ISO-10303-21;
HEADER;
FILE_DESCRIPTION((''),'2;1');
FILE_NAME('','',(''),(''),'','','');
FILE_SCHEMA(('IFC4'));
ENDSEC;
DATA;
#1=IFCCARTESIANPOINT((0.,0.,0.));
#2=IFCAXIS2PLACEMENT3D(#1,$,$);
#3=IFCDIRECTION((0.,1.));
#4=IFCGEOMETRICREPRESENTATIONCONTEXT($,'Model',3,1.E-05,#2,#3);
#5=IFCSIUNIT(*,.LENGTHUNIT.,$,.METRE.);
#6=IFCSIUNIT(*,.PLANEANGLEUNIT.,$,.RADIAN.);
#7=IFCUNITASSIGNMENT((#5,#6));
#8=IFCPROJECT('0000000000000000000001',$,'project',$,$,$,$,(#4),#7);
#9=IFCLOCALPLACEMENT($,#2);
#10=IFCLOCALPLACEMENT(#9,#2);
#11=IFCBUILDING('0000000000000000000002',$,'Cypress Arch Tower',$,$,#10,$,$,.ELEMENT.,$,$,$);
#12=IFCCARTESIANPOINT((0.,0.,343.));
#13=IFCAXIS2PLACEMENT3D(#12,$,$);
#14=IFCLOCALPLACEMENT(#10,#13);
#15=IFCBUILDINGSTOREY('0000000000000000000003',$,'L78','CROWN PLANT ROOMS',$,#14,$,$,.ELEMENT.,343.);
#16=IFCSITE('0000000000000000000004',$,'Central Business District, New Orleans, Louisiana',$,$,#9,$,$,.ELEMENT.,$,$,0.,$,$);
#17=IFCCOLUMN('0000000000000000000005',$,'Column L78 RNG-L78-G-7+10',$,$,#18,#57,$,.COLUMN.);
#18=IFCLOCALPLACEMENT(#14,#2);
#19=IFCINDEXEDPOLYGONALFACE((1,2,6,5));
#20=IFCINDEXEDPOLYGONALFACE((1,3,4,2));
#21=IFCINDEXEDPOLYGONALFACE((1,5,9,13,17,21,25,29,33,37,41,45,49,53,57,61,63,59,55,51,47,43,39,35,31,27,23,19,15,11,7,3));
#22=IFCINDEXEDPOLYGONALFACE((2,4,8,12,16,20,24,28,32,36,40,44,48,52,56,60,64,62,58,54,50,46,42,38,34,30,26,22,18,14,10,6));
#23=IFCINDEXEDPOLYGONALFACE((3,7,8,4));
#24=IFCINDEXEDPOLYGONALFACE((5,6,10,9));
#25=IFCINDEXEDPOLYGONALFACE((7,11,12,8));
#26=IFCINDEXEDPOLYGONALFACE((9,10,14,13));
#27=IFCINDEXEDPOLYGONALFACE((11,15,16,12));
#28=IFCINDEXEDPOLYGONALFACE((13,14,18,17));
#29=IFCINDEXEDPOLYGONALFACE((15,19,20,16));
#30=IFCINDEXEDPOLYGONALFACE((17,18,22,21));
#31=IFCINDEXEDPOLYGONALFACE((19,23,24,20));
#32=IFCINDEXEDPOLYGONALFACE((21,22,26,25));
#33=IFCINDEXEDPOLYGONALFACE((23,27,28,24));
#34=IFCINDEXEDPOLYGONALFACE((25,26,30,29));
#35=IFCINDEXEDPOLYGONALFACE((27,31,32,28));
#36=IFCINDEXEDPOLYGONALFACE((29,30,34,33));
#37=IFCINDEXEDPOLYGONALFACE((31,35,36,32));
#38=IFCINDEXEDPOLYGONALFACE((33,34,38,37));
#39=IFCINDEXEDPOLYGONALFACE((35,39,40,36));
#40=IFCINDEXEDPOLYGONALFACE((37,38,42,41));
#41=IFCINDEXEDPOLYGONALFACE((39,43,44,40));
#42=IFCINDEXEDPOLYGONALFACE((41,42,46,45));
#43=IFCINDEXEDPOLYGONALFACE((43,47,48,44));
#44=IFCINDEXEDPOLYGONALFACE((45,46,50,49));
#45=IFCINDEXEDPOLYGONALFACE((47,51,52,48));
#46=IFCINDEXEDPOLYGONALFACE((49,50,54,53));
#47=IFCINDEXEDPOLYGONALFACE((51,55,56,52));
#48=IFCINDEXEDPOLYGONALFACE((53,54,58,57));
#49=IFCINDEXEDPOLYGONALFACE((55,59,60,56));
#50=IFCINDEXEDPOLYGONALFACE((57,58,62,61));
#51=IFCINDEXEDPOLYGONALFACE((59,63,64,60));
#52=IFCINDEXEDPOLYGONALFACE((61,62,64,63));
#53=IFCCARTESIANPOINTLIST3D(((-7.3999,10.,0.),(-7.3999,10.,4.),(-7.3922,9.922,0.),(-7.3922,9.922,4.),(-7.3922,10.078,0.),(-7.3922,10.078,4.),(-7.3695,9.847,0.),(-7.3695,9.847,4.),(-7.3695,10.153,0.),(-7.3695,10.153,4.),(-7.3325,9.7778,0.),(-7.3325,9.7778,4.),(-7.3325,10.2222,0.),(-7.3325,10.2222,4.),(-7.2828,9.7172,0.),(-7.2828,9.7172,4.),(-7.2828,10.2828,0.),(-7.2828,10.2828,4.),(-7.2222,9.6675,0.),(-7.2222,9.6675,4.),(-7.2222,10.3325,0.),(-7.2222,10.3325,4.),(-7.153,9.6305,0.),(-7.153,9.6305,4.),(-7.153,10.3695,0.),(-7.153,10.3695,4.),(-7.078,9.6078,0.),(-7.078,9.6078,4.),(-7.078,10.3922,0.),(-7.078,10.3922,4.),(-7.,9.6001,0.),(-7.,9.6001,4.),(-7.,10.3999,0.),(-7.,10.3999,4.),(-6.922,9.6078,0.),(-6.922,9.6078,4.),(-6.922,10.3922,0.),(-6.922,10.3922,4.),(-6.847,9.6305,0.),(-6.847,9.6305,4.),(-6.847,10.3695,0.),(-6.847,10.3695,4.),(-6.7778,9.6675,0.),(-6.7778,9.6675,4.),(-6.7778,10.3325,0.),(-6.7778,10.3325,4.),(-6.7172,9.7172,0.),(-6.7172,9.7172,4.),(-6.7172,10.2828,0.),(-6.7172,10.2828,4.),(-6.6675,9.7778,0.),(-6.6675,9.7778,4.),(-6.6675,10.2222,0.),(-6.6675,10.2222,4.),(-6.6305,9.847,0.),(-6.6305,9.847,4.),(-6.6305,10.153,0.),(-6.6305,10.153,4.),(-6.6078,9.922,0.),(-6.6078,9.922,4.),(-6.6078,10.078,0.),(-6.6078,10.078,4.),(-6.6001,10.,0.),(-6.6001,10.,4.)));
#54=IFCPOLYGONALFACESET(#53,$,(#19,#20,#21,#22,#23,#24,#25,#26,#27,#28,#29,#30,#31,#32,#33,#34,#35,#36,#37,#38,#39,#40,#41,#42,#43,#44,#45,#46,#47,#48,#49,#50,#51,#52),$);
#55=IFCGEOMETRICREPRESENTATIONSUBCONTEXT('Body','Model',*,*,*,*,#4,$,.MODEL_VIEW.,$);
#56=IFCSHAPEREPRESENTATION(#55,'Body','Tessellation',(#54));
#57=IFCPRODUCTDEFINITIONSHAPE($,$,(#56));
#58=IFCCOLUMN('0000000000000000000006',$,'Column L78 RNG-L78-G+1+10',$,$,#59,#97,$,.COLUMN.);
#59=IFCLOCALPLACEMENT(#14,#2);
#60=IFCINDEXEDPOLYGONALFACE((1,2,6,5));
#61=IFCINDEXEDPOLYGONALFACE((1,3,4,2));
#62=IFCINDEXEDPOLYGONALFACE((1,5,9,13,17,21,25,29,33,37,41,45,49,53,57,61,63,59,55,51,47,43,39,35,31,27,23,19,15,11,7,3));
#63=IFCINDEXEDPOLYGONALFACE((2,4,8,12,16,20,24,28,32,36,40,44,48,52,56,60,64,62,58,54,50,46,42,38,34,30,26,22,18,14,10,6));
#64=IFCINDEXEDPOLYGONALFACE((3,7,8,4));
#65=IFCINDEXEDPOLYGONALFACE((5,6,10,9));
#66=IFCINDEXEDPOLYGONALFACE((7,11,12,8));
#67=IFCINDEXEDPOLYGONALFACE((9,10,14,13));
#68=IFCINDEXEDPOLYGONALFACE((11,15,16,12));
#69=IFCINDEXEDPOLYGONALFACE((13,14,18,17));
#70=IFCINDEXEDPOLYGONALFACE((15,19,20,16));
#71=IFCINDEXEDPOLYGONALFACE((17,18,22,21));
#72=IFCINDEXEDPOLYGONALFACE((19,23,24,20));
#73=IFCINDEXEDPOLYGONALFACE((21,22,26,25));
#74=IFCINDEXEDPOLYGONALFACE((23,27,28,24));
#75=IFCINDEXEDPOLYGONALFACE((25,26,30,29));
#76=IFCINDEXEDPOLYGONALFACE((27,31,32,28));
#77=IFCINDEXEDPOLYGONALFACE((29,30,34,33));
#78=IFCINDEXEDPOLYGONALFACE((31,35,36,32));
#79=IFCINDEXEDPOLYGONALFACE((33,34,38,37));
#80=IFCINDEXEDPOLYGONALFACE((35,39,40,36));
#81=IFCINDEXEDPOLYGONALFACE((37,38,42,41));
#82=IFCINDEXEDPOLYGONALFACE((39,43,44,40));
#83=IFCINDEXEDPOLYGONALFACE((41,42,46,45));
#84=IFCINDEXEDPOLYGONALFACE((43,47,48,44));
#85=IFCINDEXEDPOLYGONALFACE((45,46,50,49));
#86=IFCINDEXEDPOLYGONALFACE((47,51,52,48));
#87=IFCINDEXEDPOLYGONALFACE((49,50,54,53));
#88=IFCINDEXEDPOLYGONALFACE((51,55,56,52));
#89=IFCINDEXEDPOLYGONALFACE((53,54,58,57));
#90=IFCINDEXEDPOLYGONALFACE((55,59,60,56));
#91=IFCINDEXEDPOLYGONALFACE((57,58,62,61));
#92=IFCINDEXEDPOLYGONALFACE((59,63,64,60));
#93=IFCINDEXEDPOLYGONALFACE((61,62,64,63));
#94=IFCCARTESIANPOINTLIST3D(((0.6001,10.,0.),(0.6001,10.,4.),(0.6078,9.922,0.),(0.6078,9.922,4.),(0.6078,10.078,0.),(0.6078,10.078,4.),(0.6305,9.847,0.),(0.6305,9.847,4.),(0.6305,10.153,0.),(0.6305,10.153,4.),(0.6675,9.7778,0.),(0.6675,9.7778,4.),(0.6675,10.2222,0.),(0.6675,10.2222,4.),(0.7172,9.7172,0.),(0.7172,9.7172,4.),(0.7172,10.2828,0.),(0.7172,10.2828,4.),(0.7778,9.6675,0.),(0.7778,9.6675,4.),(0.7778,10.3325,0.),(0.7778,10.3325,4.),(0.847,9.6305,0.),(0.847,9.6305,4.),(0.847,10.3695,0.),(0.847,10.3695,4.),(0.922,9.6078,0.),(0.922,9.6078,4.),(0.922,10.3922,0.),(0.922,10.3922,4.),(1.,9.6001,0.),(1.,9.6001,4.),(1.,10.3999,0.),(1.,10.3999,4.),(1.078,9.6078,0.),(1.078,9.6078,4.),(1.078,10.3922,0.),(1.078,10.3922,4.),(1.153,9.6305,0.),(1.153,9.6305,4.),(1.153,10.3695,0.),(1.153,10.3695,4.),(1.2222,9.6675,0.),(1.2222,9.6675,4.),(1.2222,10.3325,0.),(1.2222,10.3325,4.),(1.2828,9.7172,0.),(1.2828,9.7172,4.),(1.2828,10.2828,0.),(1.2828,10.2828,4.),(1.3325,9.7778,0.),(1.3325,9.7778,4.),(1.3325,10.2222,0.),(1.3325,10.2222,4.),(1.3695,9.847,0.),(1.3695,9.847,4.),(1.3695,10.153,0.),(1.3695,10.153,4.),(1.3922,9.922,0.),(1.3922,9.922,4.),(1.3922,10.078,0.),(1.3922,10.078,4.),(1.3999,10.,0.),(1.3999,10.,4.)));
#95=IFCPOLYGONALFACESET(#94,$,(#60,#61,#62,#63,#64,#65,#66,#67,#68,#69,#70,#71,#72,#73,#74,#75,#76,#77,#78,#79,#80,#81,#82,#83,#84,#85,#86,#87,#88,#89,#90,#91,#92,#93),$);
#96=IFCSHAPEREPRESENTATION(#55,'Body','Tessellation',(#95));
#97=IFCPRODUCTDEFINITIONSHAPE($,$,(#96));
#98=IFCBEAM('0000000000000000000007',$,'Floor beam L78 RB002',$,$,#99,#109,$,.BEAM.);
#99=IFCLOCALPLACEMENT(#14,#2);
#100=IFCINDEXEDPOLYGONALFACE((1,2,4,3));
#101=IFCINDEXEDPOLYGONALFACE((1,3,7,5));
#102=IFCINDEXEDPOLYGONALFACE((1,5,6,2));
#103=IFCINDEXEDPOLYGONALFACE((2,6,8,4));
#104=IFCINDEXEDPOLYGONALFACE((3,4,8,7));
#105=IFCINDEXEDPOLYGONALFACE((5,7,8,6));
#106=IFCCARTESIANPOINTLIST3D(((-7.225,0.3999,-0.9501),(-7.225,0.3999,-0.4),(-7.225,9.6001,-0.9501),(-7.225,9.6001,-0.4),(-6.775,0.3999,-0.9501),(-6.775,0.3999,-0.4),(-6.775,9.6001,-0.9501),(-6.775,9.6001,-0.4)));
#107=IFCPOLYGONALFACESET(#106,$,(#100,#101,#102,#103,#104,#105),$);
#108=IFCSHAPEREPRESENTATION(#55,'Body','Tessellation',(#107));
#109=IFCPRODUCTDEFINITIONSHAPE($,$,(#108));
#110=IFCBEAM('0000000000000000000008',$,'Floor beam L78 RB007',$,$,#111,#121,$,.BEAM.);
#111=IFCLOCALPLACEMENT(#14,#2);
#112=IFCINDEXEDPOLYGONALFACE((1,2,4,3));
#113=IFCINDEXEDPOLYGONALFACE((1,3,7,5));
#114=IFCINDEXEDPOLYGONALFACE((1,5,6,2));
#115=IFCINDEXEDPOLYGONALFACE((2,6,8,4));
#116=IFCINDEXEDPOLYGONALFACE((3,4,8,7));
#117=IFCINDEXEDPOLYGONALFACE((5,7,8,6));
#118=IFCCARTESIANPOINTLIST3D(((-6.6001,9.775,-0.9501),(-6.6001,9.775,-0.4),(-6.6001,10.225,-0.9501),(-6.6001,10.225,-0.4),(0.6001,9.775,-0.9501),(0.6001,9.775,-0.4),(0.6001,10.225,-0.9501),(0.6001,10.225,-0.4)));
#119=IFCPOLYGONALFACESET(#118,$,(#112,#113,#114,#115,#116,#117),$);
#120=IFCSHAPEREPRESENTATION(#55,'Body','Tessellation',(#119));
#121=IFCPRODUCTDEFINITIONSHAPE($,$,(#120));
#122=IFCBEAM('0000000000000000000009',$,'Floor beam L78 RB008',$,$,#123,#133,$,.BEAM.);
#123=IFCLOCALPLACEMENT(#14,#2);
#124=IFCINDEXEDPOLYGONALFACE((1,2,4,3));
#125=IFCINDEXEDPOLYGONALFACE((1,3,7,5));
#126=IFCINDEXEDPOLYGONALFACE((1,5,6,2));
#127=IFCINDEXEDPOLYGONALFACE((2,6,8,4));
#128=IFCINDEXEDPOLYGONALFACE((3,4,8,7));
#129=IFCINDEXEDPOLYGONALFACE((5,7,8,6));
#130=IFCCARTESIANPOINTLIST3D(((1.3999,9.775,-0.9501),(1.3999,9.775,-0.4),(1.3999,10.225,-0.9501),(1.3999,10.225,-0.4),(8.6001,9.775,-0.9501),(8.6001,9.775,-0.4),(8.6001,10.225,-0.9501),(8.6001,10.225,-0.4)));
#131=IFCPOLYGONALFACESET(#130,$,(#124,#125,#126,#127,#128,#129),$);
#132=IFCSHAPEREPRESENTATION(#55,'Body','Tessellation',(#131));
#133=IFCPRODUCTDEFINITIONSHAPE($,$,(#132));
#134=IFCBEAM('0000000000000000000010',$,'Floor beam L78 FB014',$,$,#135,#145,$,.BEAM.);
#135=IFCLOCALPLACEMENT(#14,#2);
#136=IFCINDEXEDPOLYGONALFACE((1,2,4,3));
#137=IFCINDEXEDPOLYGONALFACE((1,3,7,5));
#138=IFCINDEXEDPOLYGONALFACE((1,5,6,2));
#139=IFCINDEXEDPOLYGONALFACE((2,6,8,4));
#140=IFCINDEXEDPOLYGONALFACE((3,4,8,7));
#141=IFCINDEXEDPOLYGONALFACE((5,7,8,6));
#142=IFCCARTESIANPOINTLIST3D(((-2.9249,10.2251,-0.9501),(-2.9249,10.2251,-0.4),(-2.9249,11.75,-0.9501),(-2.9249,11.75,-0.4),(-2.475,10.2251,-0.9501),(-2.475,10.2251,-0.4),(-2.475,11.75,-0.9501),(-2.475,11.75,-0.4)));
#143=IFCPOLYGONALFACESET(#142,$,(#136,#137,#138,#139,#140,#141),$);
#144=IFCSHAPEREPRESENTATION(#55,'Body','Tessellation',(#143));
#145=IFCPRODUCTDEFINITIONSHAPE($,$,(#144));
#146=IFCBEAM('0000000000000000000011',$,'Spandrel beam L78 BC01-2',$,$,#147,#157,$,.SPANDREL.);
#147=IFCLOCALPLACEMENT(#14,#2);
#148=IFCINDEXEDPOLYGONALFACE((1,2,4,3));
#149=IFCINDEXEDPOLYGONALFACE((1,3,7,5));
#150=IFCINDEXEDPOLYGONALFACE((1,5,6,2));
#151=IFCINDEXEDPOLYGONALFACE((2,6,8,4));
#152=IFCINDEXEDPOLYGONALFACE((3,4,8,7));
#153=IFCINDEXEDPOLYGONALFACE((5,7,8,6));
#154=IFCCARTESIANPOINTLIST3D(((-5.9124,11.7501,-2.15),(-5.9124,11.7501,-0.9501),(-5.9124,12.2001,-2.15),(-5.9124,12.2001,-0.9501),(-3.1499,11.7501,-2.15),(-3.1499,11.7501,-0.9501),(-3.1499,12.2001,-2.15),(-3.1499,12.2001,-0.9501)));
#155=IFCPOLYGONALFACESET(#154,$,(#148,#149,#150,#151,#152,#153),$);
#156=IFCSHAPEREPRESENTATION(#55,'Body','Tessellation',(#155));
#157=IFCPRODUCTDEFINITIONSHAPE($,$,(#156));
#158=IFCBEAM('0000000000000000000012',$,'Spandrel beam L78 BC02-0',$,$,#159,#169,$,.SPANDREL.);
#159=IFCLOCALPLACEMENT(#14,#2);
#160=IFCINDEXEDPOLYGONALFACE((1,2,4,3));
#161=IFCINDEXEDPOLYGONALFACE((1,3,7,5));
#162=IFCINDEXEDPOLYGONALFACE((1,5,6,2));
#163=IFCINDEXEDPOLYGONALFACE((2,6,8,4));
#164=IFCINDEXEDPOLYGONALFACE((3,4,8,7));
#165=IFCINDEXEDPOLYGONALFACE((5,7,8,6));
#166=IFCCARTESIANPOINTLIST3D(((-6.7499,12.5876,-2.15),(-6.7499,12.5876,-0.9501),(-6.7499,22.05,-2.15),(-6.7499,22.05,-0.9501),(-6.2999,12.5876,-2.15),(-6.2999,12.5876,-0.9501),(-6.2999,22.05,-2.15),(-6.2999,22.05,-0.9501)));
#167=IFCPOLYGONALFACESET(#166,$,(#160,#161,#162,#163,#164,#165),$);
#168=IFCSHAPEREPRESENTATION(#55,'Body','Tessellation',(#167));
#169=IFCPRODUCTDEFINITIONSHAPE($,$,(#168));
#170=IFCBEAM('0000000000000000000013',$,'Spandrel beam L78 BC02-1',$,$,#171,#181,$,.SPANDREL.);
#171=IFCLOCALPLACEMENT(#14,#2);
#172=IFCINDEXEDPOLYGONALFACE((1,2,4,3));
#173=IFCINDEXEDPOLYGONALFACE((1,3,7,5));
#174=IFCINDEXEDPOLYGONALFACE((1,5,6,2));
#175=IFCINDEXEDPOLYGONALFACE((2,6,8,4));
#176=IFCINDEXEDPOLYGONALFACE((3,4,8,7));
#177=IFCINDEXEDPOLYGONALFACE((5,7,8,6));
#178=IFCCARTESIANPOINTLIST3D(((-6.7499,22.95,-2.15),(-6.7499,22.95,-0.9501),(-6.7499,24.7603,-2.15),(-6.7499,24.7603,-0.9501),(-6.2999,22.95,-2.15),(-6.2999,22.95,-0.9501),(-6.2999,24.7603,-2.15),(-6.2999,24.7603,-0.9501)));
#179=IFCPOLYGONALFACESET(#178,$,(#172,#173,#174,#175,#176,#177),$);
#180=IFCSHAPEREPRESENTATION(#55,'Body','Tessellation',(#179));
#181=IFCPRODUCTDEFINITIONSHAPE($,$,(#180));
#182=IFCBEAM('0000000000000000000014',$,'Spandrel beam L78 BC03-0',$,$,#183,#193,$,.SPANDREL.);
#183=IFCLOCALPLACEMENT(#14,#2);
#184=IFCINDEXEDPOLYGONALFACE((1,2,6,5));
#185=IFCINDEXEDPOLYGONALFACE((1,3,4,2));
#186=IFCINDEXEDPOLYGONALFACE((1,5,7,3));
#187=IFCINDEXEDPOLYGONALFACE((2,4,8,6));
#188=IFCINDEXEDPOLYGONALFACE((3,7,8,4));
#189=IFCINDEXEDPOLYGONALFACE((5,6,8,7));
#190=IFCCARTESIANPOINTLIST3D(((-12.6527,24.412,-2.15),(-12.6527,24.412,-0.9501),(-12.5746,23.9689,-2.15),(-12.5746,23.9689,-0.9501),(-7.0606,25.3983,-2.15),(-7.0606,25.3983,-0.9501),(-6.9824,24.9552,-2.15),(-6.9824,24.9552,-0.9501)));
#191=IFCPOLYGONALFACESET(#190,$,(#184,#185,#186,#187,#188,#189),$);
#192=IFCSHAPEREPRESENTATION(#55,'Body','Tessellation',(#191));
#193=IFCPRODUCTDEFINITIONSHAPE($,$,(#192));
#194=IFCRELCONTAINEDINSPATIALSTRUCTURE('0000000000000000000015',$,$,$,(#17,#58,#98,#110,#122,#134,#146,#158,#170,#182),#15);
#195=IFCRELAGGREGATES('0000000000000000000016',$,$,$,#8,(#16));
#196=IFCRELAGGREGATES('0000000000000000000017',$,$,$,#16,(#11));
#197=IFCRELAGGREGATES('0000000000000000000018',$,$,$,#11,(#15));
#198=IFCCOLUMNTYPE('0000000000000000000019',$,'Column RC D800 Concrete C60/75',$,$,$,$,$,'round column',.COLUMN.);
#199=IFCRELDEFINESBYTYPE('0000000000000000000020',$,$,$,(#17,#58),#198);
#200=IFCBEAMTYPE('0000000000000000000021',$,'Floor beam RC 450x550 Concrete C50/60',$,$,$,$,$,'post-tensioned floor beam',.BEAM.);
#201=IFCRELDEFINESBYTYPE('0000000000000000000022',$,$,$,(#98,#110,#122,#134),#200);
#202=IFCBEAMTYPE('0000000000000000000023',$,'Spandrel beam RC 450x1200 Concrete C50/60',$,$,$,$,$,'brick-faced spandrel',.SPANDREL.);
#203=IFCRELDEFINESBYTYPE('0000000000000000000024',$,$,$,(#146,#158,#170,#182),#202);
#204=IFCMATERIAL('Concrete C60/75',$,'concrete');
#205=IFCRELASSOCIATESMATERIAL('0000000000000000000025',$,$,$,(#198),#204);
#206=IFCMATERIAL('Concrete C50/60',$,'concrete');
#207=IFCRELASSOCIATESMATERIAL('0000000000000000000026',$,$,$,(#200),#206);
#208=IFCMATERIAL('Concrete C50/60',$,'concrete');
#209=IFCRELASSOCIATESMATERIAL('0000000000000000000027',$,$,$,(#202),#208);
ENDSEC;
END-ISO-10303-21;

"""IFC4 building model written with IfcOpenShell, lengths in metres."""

from ifc_helpers import new_model, si_unit, direction, frame, origin, origin_2d, place, context, subcontext, project, spatial, rectangle, circle, extrude, material, material_profile, profile_set, type_object, element, save


model = new_model("IFC4")

# Units and contexts
model_context = context("Model", 3, precision=1e-05, world=origin(), true_north=direction((0.0, 1.0)))
body_context = subcontext(model_context, "Body", "Model", "MODEL_VIEW")
ifc_project = project(units=[si_unit("LENGTHUNIT", "METRE"), si_unit("PLANEANGLEUNIT", "RADIAN")], contexts=[model_context])

# Site, building, storey
site_placement = place(None, origin())
site = spatial("IfcSite", under=ifc_project, at=site_placement, Name="Central Business District, New Orleans, Louisiana", CompositionType="ELEMENT", RefElevation=0.0)
building_placement = place(site_placement, origin())
building = spatial("IfcBuilding", under=site, at=building_placement, Name="Cypress Arch Tower", CompositionType="ELEMENT")
storey_placement = place(building_placement, frame((0.0, 0.0, 343.0)))
storey = spatial("IfcBuildingStorey", under=building, at=storey_placement, Name="L78", Description="CROWN PLANT ROOMS", CompositionType="ELEMENT", Elevation=343.0)

# Columns
ifc_material_1 = material(Name="Concrete C60/75", Category="concrete")
ifc_material_profile_1 = material_profile(ifc_material_1, circle(Radius=0.3999, at=origin_2d()), Name="RC D800")
ifc_profile_set_1 = profile_set([ifc_material_profile_1], Name="Concrete C60/75")
column_type = type_object("IfcColumnType", Name="Column RC D800 Concrete C60/75", ElementType="round column", PredefinedType="COLUMN", material=ifc_profile_set_1)
for number, where, z_axis, x_axis, name in (
    (1, (-7.0, 10.0, 0.0), (0.0, 0.0, 1.0), (1.0, 0.0, 0.0), "Column L78 RNG-L78-G-7+10"),
    (2, (1.0, 10.0, 0.0), (0.0, 0.0, 1.0), (1.0, 0.0, 0.0), "Column L78 RNG-L78-G+1+10"),
):
    element("IfcColumn", number, at=place(storey_placement, frame(where, z_axis=z_axis, x_axis=x_axis)), inside=storey, type_object=column_type, Name=name, PredefinedType="COLUMN", context=body_context, shape_type="SweptSolid", body=[
        extrude(circle(Radius=0.3999, at=origin_2d()), origin(), (0.0, 0.0, 1.0), 4.0),
    ])

# Beams
ifc_material_2 = material(Name="Concrete C50/60", Category="concrete")
ifc_material_profile_2 = material_profile(ifc_material_2, rectangle(XDim=0.45, YDim=0.55, at=origin_2d()), Name="RC 450x550")
ifc_profile_set_2 = profile_set([ifc_material_profile_2], Name="Concrete C50/60")
beam_type_1 = type_object("IfcBeamType", Name="Floor beam RC 450x550 Concrete C50/60", ElementType="post-tensioned floor beam", PredefinedType="BEAM", material=ifc_profile_set_2)
beam_1_placement = place(storey_placement, frame((-7.0, 0.3999, -0.675), z_axis=(0.0, 1.0, 0.0), x_axis=(-1.0, 0.0, 0.0)))
element("IfcBeam", 3, at=beam_1_placement, inside=storey, type_object=beam_type_1, Name="Floor beam L78 RB002", PredefinedType="BEAM", context=body_context, shape_type="SweptSolid", body=[
    extrude(rectangle(XDim=0.45, YDim=0.55, at=origin_2d()), origin(), (0.0, 0.0, 1.0), 9.2002),
])
for number, where, z_axis, x_axis, name in (
    (4, (-6.6001, 10.0, -0.675), (1.0, 0.0, 0.0), (0.0, 1.0, 0.0), "Floor beam L78 RB007"),
    (5, (1.3999, 10.0, -0.675), (1.0, 0.0, 0.0), (0.0, 1.0, 0.0), "Floor beam L78 RB008"),
):
    element("IfcBeam", number, at=place(storey_placement, frame(where, z_axis=z_axis, x_axis=x_axis)), inside=storey, type_object=beam_type_1, Name=name, PredefinedType="BEAM", context=body_context, shape_type="SweptSolid", body=[
        extrude(rectangle(XDim=0.45, YDim=0.55, at=origin_2d()), origin(), (0.0, 0.0, 1.0), 7.2002),
    ])
beam_2_placement = place(storey_placement, frame((-2.7, 10.2251, -0.675), z_axis=(0.0, 1.0, 0.0), x_axis=(-1.0, 0.0, 0.0)))
element("IfcBeam", 6, at=beam_2_placement, inside=storey, type_object=beam_type_1, Name="Floor beam L78 FB014", PredefinedType="BEAM", context=body_context, shape_type="SweptSolid", body=[
    extrude(rectangle(XDim=0.45, YDim=0.55, at=origin_2d()), origin(), (0.0, 0.0, 1.0), 1.5249),
])
ifc_material_3 = material(Name="Concrete C50/60", Category="concrete")
ifc_material_profile_3 = material_profile(ifc_material_3, rectangle(XDim=0.45, YDim=1.2, at=origin_2d()), Name="RC 450x1200")
ifc_profile_set_3 = profile_set([ifc_material_profile_3], Name="Concrete C50/60")
beam_type_2 = type_object("IfcBeamType", Name="Spandrel beam RC 450x1200 Concrete C50/60", ElementType="brick-faced spandrel", PredefinedType="SPANDREL", material=ifc_profile_set_3)
beam_3_placement = place(storey_placement, frame((-3.1499, 11.9751, -1.55), z_axis=(-1.0, 0.0, 0.0), x_axis=(0.0, -1.0, 0.0)))
element("IfcBeam", 7, at=beam_3_placement, inside=storey, type_object=beam_type_2, Name="Spandrel beam L78 BC01-2", PredefinedType="SPANDREL", context=body_context, shape_type="SweptSolid", body=[
    extrude(rectangle(XDim=0.45, YDim=1.2, at=origin_2d()), origin(), (0.0, 0.0, 1.0), 2.7625),
])
beam_4_placement = place(storey_placement, frame((-6.5249, 12.5876, -1.55), z_axis=(0.0, 1.0, 0.0), x_axis=(-1.0, 0.0, 0.0)))
element("IfcBeam", 8, at=beam_4_placement, inside=storey, type_object=beam_type_2, Name="Spandrel beam L78 BC02-0", PredefinedType="SPANDREL", context=body_context, shape_type="SweptSolid", body=[
    extrude(rectangle(XDim=0.45, YDim=1.2, at=origin_2d()), origin(), (0.0, 0.0, 1.0), 9.4624),
])
beam_5_placement = place(storey_placement, frame((-6.5249, 22.95, -1.55), z_axis=(0.0, 1.0, 0.0), x_axis=(-1.0, 0.0, 0.0)))
element("IfcBeam", 9, at=beam_5_placement, inside=storey, type_object=beam_type_2, Name="Spandrel beam L78 BC02-1", PredefinedType="SPANDREL", context=body_context, shape_type="SweptSolid", body=[
    extrude(rectangle(XDim=0.45, YDim=1.2, at=origin_2d()), origin(), (0.0, 0.0, 1.0), 1.8103),
])
beam_6_placement = place(storey_placement, frame((-7.0215, 25.1768, -1.55), z_axis=(-0.984799, -0.173699, 0.0), x_axis=(0.173699, -0.984799, 0.0)))
element("IfcBeam", 10, at=beam_6_placement, inside=storey, type_object=beam_type_2, Name="Spandrel beam L78 BC03-0", PredefinedType="SPANDREL", context=body_context, shape_type="SweptSolid", body=[
    extrude(rectangle(XDim=0.45, YDim=1.2, at=origin_2d()), origin(), (0.0, 0.0, 1.0), 5.6785),
])

save(model, "model.ifc")
